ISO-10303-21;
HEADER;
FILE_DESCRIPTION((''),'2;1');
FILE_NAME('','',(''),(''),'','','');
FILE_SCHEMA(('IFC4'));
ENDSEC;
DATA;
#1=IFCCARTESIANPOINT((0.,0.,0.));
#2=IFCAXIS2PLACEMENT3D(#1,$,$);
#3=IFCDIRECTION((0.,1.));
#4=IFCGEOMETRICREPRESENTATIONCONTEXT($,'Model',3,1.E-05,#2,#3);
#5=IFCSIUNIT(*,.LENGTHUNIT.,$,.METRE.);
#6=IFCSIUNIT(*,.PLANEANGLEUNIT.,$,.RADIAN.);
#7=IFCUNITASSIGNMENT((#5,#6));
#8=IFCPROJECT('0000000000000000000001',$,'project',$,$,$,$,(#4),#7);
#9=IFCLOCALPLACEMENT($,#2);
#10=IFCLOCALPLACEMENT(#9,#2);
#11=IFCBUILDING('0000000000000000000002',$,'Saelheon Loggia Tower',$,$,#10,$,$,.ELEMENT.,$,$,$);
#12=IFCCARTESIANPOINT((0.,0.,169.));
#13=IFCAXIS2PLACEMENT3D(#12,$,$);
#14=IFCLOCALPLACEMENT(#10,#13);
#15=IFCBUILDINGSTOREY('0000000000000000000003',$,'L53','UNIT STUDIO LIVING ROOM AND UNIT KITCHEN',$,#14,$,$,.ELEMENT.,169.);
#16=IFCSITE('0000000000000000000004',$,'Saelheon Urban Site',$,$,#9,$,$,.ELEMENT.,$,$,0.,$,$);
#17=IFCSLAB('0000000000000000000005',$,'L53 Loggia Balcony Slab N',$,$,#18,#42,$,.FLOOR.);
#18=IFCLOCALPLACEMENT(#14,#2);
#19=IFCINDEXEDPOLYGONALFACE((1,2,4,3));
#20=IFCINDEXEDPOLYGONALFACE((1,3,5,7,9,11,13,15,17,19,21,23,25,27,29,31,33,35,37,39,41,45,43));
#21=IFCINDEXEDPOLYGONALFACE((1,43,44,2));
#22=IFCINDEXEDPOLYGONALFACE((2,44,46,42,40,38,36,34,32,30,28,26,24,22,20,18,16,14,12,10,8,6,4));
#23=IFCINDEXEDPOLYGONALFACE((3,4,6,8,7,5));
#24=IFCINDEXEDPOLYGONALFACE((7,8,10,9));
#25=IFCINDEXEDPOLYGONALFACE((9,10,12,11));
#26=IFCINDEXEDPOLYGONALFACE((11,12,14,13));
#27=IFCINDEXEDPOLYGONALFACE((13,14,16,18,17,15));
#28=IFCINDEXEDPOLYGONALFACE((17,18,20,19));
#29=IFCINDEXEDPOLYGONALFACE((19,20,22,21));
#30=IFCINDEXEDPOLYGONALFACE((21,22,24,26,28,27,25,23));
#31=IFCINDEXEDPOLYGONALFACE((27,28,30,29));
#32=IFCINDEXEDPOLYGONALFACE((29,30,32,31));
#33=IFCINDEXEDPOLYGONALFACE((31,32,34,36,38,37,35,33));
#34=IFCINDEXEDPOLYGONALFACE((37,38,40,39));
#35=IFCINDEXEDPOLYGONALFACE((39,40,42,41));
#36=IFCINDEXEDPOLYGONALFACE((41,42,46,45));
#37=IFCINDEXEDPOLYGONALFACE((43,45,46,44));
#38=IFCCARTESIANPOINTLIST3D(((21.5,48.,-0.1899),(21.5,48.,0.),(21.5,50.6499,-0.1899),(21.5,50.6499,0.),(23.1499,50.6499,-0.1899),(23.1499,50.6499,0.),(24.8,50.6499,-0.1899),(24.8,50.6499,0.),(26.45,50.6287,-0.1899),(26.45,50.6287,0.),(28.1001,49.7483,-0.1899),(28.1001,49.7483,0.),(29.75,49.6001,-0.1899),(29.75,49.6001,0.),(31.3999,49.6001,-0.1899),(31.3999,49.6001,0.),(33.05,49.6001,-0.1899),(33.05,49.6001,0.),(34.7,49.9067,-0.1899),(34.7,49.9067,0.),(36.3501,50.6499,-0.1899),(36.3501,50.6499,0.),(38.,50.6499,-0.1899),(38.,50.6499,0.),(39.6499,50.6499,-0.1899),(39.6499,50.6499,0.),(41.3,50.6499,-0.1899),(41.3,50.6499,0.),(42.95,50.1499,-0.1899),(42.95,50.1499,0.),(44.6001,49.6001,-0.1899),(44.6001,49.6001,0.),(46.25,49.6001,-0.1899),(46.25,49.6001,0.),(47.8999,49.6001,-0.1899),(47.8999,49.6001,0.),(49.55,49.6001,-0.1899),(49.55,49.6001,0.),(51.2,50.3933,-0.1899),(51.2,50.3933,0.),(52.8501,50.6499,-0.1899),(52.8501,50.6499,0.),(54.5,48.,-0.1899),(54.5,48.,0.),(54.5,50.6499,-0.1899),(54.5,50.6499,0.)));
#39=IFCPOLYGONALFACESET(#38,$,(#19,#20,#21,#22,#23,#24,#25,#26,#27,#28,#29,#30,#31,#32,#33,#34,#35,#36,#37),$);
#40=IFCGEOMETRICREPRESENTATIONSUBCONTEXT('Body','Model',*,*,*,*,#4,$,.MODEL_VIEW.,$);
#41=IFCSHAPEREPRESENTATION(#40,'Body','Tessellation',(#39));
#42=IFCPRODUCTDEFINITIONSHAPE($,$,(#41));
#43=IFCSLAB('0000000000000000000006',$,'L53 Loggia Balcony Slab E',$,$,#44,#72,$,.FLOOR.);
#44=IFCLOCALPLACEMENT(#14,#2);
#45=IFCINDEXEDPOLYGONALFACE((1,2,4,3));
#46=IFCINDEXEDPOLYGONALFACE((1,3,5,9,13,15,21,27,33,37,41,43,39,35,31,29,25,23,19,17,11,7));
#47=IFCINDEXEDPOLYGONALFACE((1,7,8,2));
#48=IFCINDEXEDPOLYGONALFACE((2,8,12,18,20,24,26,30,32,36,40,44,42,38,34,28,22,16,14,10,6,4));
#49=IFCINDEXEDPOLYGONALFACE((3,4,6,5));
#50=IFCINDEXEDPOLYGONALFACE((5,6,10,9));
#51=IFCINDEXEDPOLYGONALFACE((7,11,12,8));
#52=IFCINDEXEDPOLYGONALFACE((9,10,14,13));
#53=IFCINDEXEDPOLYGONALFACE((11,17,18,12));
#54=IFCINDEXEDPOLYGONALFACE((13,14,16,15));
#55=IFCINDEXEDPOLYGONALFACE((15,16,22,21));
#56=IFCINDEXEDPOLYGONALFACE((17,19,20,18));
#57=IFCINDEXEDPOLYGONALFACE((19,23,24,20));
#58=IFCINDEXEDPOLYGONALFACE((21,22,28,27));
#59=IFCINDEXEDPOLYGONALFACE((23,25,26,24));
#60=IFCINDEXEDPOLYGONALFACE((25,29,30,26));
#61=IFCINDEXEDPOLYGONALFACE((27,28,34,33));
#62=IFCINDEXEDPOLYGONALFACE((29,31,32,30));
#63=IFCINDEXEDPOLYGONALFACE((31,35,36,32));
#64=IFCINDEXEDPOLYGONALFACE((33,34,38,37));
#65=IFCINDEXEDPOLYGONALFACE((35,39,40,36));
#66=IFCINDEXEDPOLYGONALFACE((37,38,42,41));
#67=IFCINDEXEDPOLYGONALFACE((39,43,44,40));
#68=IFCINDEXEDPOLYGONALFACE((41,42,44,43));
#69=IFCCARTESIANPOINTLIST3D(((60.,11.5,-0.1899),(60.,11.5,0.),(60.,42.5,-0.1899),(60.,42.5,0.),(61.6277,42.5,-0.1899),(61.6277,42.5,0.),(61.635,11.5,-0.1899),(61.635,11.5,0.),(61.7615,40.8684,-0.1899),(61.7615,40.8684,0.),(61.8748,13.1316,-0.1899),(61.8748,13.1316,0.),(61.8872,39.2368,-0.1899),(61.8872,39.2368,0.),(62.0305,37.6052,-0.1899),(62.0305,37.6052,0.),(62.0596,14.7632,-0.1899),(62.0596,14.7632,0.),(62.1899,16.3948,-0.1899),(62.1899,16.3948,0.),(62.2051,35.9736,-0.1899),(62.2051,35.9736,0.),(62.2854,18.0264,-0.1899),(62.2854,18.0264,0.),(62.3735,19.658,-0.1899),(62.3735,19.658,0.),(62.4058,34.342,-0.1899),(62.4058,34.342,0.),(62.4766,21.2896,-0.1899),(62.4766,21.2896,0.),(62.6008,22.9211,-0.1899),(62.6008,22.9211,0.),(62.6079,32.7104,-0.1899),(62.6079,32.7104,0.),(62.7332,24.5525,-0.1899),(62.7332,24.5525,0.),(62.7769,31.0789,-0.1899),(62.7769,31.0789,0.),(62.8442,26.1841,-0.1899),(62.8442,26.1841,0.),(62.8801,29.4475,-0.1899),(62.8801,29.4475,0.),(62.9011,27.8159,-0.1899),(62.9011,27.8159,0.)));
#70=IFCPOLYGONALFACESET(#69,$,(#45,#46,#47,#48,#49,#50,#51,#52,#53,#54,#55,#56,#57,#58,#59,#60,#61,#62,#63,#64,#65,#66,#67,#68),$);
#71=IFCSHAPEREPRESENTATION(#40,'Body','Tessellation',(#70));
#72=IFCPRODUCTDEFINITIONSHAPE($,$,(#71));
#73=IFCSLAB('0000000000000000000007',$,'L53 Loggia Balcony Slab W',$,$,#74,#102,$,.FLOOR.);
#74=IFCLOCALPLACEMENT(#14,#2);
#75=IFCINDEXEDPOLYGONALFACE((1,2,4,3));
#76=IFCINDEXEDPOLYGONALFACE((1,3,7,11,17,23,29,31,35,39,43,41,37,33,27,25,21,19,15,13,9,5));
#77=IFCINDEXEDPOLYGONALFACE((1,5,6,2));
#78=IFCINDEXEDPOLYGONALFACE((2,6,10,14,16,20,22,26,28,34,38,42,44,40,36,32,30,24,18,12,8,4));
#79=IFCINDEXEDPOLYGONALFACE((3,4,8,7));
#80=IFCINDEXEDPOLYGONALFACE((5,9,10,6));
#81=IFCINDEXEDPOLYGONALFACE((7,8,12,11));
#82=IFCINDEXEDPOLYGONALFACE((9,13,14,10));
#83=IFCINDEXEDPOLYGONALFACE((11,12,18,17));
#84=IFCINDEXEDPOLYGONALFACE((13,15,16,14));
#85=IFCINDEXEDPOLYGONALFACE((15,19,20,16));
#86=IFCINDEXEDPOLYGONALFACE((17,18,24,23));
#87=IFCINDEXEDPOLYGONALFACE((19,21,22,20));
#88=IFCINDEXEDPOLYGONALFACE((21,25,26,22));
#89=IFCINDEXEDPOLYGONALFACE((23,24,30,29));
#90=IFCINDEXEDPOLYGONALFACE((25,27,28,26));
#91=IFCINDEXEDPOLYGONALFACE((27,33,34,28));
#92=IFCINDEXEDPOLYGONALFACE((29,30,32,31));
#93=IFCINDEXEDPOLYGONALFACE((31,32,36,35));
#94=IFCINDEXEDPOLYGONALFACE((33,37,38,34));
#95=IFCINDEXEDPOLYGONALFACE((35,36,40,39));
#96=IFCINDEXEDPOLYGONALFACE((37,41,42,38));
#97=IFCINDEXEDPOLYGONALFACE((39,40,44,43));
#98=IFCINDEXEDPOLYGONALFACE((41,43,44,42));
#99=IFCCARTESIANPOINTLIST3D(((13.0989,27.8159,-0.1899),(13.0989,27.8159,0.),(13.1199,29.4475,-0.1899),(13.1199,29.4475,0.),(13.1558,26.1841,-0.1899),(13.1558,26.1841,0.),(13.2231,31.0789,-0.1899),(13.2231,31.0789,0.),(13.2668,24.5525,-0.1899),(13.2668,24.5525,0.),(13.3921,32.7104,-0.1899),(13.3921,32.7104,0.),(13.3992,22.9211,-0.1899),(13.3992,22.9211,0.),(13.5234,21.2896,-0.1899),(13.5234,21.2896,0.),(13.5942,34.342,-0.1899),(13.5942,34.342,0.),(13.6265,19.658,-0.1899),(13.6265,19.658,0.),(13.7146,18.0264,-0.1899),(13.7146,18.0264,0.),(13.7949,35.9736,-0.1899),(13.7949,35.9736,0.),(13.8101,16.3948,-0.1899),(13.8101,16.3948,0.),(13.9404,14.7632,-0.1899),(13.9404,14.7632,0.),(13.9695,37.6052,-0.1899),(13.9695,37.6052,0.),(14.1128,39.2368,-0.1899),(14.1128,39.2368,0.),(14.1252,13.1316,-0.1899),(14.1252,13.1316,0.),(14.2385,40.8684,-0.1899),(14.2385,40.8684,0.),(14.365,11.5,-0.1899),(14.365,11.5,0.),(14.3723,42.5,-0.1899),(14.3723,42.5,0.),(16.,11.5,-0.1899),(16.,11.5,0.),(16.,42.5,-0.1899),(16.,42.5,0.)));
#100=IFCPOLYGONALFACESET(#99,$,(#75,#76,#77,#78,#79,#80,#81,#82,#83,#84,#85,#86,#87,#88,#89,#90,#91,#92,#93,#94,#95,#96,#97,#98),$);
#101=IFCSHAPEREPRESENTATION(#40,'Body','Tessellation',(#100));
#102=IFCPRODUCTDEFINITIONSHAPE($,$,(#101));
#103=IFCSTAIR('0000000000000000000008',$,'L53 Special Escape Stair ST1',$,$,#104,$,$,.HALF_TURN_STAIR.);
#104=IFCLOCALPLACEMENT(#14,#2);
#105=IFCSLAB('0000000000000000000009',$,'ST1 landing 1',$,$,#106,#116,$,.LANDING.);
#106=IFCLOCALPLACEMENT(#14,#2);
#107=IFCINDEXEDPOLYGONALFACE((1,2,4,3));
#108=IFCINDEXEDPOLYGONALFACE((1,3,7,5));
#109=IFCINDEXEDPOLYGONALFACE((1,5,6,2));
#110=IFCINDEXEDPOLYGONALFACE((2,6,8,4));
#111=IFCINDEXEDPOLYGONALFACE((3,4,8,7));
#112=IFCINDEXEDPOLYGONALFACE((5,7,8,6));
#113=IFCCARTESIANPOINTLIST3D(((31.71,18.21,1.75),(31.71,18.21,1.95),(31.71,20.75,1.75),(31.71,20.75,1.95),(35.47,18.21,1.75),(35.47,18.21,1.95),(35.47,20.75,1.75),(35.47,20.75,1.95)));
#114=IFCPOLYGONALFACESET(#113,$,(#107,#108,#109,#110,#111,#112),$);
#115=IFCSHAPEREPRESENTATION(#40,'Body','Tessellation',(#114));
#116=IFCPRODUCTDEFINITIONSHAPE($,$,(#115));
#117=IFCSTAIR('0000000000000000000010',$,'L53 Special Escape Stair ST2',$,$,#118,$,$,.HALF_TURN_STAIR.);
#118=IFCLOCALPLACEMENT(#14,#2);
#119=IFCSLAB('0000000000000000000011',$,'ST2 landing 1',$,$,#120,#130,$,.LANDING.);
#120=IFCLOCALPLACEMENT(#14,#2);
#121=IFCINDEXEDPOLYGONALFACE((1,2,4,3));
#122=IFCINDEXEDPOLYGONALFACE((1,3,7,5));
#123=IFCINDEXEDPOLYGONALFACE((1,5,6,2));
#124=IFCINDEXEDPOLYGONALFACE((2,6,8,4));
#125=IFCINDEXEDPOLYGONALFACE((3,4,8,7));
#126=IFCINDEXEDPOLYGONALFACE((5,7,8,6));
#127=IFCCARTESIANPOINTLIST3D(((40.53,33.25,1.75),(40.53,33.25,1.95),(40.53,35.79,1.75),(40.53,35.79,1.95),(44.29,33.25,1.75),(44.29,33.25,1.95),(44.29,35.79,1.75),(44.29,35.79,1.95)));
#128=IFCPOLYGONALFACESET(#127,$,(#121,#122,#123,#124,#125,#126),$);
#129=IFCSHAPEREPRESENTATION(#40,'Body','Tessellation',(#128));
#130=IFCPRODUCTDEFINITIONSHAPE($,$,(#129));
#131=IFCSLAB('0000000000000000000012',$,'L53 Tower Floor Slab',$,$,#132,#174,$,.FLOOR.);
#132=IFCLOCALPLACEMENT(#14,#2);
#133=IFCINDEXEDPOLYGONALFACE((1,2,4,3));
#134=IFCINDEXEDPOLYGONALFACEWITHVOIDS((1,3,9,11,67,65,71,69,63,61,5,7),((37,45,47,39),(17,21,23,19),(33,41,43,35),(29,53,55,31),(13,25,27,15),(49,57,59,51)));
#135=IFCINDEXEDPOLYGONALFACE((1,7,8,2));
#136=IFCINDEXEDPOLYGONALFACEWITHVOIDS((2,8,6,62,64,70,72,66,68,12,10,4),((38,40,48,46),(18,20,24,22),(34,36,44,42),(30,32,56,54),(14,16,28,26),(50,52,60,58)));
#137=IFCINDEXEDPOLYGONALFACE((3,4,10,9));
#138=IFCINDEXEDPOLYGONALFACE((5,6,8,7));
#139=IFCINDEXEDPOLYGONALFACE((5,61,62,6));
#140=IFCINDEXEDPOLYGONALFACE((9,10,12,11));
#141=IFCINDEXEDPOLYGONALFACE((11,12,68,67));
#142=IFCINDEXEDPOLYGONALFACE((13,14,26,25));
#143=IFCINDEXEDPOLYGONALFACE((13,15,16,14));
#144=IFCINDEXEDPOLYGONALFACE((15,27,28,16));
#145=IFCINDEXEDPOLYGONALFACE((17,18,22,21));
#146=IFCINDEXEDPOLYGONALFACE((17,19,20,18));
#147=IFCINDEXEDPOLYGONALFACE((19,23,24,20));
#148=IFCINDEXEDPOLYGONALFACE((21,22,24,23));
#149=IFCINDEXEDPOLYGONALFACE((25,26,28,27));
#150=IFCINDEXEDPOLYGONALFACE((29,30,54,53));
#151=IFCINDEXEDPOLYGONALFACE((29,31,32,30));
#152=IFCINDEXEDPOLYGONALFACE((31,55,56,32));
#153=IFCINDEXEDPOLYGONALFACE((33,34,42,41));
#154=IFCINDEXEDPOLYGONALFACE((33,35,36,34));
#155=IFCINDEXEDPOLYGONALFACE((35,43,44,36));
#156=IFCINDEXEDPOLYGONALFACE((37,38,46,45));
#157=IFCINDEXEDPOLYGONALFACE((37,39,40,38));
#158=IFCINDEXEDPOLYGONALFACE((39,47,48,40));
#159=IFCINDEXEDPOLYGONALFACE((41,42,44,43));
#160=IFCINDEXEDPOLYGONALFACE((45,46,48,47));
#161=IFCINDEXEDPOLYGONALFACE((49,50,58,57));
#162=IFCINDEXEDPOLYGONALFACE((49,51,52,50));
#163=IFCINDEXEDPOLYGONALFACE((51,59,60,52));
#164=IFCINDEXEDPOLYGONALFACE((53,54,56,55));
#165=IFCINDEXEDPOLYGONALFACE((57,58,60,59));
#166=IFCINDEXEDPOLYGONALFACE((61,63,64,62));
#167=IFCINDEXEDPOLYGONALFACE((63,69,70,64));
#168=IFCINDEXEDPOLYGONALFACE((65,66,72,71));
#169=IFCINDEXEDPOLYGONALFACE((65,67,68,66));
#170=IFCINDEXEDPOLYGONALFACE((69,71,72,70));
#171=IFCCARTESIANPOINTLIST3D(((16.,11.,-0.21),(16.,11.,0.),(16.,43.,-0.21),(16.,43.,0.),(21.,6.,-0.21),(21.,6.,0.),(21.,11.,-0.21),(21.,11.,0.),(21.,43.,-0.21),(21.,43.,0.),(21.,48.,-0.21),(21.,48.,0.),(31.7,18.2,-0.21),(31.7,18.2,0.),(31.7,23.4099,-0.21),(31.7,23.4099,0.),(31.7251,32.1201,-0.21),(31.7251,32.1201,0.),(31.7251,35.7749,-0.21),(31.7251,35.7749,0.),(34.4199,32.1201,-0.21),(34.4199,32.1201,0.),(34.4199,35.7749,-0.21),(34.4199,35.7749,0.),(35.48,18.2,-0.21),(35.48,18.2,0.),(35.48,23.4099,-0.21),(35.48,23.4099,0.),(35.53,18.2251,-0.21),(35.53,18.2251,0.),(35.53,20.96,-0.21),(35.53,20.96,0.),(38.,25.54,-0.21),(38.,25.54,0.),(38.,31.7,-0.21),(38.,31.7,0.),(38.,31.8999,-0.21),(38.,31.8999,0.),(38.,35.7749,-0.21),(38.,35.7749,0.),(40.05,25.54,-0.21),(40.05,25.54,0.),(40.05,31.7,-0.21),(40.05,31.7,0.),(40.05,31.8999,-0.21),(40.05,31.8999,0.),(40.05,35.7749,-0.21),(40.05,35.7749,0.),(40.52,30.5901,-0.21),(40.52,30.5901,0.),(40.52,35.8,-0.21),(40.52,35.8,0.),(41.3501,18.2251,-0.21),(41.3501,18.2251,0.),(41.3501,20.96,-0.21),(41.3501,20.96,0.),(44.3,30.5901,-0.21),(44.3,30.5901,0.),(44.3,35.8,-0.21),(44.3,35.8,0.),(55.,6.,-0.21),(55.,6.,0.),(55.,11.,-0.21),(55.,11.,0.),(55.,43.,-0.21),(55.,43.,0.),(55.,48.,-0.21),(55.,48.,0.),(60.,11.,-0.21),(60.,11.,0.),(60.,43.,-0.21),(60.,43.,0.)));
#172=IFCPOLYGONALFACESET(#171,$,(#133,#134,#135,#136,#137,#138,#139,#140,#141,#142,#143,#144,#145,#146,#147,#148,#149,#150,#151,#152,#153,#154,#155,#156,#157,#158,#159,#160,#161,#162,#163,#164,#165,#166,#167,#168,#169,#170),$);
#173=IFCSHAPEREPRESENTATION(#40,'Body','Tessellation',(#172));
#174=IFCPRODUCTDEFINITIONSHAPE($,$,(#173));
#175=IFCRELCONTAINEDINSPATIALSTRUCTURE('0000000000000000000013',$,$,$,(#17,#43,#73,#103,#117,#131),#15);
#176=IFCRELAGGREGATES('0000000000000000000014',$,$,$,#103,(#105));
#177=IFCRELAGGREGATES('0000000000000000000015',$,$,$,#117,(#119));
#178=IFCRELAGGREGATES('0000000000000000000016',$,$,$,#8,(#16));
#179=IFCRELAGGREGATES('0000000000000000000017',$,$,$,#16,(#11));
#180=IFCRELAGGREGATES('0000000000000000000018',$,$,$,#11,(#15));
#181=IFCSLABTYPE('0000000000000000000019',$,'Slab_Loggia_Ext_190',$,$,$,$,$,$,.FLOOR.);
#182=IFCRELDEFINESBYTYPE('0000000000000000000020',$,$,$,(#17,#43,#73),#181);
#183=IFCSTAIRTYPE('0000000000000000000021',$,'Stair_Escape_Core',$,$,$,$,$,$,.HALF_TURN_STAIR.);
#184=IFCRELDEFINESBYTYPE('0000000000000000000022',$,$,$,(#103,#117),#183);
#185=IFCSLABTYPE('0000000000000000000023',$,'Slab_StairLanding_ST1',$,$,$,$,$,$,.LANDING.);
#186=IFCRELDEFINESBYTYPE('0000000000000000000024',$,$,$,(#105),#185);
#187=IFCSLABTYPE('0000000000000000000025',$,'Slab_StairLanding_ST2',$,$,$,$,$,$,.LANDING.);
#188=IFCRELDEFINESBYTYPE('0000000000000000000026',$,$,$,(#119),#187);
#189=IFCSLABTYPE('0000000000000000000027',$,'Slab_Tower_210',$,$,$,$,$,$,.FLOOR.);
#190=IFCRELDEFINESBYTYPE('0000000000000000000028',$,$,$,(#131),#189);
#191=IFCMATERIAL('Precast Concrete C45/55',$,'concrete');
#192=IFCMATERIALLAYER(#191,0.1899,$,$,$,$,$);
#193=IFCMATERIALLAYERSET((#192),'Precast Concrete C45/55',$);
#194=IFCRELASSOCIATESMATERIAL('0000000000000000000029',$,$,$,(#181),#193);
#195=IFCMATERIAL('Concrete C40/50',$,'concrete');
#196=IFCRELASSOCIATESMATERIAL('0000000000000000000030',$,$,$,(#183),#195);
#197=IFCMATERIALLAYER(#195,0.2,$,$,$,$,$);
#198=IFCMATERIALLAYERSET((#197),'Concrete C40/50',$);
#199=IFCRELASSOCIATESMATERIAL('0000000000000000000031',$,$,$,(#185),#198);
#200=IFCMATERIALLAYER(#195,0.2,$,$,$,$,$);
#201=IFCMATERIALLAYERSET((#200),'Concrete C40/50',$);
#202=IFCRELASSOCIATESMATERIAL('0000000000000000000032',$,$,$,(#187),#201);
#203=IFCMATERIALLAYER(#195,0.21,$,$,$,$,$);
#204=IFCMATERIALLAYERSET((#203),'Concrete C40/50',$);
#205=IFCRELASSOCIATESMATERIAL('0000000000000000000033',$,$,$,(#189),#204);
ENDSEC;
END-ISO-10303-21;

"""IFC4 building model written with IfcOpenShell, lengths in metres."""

from ifc_helpers import new_model, si_unit, direction, frame, origin, place, context, subcontext, project, spatial, polyline, outline, extrude, material, layer, layer_set, type_object, element, aggregate, save


model = new_model("IFC4")

# Units and contexts
model_context = context("Model", 3, precision=1e-05, world=origin(), true_north=direction((0.0, 1.0)))
body_context = subcontext(model_context, "Body", "Model", "MODEL_VIEW")
ifc_project = project(units=[si_unit("LENGTHUNIT", "METRE"), si_unit("PLANEANGLEUNIT", "RADIAN")], contexts=[model_context])

# Site, building, storey
site_placement = place(None, origin())
site = spatial("IfcSite", under=ifc_project, at=site_placement, Name="Saelheon Urban Site", CompositionType="ELEMENT", RefElevation=0.0)
building_placement = place(site_placement, origin())
building = spatial("IfcBuilding", under=site, at=building_placement, Name="Saelheon Loggia Tower", CompositionType="ELEMENT")
storey_placement = place(building_placement, frame((0.0, 0.0, 169.0)))
storey = spatial("IfcBuildingStorey", under=building, at=storey_placement, Name="L53", Description="UNIT STUDIO LIVING ROOM AND UNIT KITCHEN", CompositionType="ELEMENT", Elevation=169.0)

# Shared definitions
ifc_material_1 = material(Name="Precast Concrete C45/55", Category="concrete")

# Slabs
ifc_layer_1 = layer(ifc_material_1, 0.1899)
ifc_layer_set_1 = layer_set([ifc_layer_1], Name="Precast Concrete C45/55")
slab_type_1 = type_object("IfcSlabType", Name="Slab_Loggia_Ext_190", PredefinedType="FLOOR", material=ifc_layer_set_1)
slab_1_placement = place(storey_placement, frame((0.0, 0.0, -0.1899)))
element("IfcSlab", 1, at=slab_1_placement, inside=storey, type_object=slab_type_1, Name="L53 Loggia Balcony Slab N", PredefinedType="FLOOR", context=body_context, shape_type="SweptSolid", body=[
    extrude(outline(polyline([(21.5, 48.0), (54.5, 48.0), (54.5, 50.6499), (52.8501, 50.6499), (51.2, 50.3933), (49.55, 49.6001), (47.8999, 49.6001), (46.25, 49.6001), (44.6001, 49.6001), (42.95, 50.1499), (41.3, 50.6499), (39.6499, 50.6499), (38.0, 50.6499), (36.3501, 50.6499), (34.7, 49.9067), (33.05, 49.6001), (31.3999, 49.6001), (29.75, 49.6001), (28.1001, 49.7483), (26.45, 50.6287), (24.8, 50.6499), (23.1499, 50.6499), (21.5, 50.6499), (21.5, 48.0)])), origin(), (0.0, 0.0, 1.0), 0.1899),
])
slab_2_placement = place(storey_placement, frame((0.0, 0.0, -0.1899)))
element("IfcSlab", 2, at=slab_2_placement, inside=storey, type_object=slab_type_1, Name="L53 Loggia Balcony Slab E", PredefinedType="FLOOR", context=body_context, shape_type="SweptSolid", body=[
    extrude(outline(polyline([(60.0, 11.5), (61.635, 11.5), (61.8748, 13.1316), (62.0596, 14.7632), (62.1899, 16.3948), (62.2854, 18.0264), (62.3735, 19.658), (62.4766, 21.2896), (62.6008, 22.9211), (62.7332, 24.5525), (62.8442, 26.1841), (62.9011, 27.8159), (62.8801, 29.4475), (62.7769, 31.0789), (62.6079, 32.7104), (62.4058, 34.342), (62.2051, 35.9736), (62.0305, 37.6052), (61.8872, 39.2368), (61.7615, 40.8684), (61.6277, 42.5), (60.0, 42.5), (60.0, 11.5)])), origin(), (0.0, 0.0, 1.0), 0.1899),
])
slab_3_placement = place(storey_placement, frame((0.0, 0.0, -0.1899)))
element("IfcSlab", 3, at=slab_3_placement, inside=storey, type_object=slab_type_1, Name="L53 Loggia Balcony Slab W", PredefinedType="FLOOR", context=body_context, shape_type="SweptSolid", body=[
    extrude(outline(polyline([(16.0, 11.5), (16.0, 42.5), (14.3723, 42.5), (14.2385, 40.8684), (14.1128, 39.2368), (13.9695, 37.6052), (13.7949, 35.9736), (13.5942, 34.342), (13.3921, 32.7104), (13.2231, 31.0789), (13.1199, 29.4475), (13.0989, 27.8159), (13.1558, 26.1841), (13.2668, 24.5525), (13.3992, 22.9211), (13.5234, 21.2896), (13.6265, 19.658), (13.7146, 18.0264), (13.8101, 16.3948), (13.9404, 14.7632), (14.1252, 13.1316), (14.365, 11.5), (16.0, 11.5)])), origin(), (0.0, 0.0, 1.0), 0.1899),
])

# Stairs, slabs
ifc_material_2 = material(Name="Concrete C40/50", Category="concrete")
stair_type = type_object("IfcStairType", Name="Stair_Escape_Core", PredefinedType="HALF_TURN_STAIR", material=ifc_material_2)
stair_1_placement = place(storey_placement, origin())
stair_1 = element("IfcStair", 4, at=stair_1_placement, inside=storey, type_object=stair_type, Name="L53 Special Escape Stair ST1", PredefinedType="HALF_TURN_STAIR")
ifc_layer_2 = layer(ifc_material_2, 0.2)
ifc_layer_set_2 = layer_set([ifc_layer_2], Name="Concrete C40/50")
slab_type_2 = type_object("IfcSlabType", Name="Slab_StairLanding_ST1", PredefinedType="LANDING", material=ifc_layer_set_2)
slab_4_placement = place(storey_placement, frame((0.0, 0.0, 1.75)))
slab_4 = element("IfcSlab", 5, at=slab_4_placement, type_object=slab_type_2, Name="ST1 landing 1", PredefinedType="LANDING", context=body_context, shape_type="SweptSolid", body=[
    extrude(outline(polyline([(31.71, 20.75), (31.71, 18.21), (35.47, 18.21), (35.47, 20.75), (31.71, 20.75)])), origin(), (0.0, 0.0, 1.0), 0.2),
])
aggregate(stair_1, [slab_4])
stair_2_placement = place(storey_placement, origin())
stair_2 = element("IfcStair", 6, at=stair_2_placement, inside=storey, type_object=stair_type, Name="L53 Special Escape Stair ST2", PredefinedType="HALF_TURN_STAIR")
ifc_layer_3 = layer(ifc_material_2, 0.2)
ifc_layer_set_3 = layer_set([ifc_layer_3], Name="Concrete C40/50")
slab_type_3 = type_object("IfcSlabType", Name="Slab_StairLanding_ST2", PredefinedType="LANDING", material=ifc_layer_set_3)
slab_5_placement = place(storey_placement, frame((0.0, 0.0, 1.75)))
slab_5 = element("IfcSlab", 7, at=slab_5_placement, type_object=slab_type_3, Name="ST2 landing 1", PredefinedType="LANDING", context=body_context, shape_type="SweptSolid", body=[
    extrude(outline(polyline([(44.29, 33.25), (44.29, 35.79), (40.53, 35.79), (40.53, 33.25), (44.29, 33.25)])), origin(), (0.0, 0.0, 1.0), 0.2),
])
aggregate(stair_2, [slab_5])

# Slab
ifc_layer_4 = layer(ifc_material_2, 0.21)
ifc_layer_set_4 = layer_set([ifc_layer_4], Name="Concrete C40/50")
slab_type_4 = type_object("IfcSlabType", Name="Slab_Tower_210", PredefinedType="FLOOR", material=ifc_layer_set_4)
slab_6_placement = place(storey_placement, frame((0.0, 0.0, -0.21)))
element("IfcSlab", 8, at=slab_6_placement, inside=storey, type_object=slab_type_4, Name="L53 Tower Floor Slab", PredefinedType="FLOOR", context=body_context, shape_type="SweptSolid", body=[
    extrude(outline(polyline([(21.0, 6.0), (55.0, 6.0), (55.0, 11.0), (60.0, 11.0), (60.0, 43.0), (55.0, 43.0), (55.0, 48.0), (21.0, 48.0), (21.0, 43.0), (16.0, 43.0), (16.0, 11.0), (21.0, 11.0), (21.0, 6.0)]), holes=[polyline([(31.7, 23.4099), (31.7, 18.2), (35.48, 18.2), (35.48, 23.4099), (31.7, 23.4099)]), polyline([(44.3, 30.5901), (44.3, 35.8), (40.52, 35.8), (40.52, 30.5901), (44.3, 30.5901)]), polyline([(35.53, 18.2251), (41.3501, 18.2251), (41.3501, 20.96), (35.53, 20.96), (35.53, 18.2251)]), polyline([(31.7251, 32.1201), (34.4199, 32.1201), (34.4199, 35.7749), (31.7251, 35.7749), (31.7251, 32.1201)]), polyline([(38.0, 31.8999), (40.05, 31.8999), (40.05, 35.7749), (38.0, 35.7749), (38.0, 31.8999)]), polyline([(38.0, 25.54), (40.05, 25.54), (40.05, 31.7), (38.0, 31.7), (38.0, 25.54)])]), origin(), (0.0, 0.0, 1.0), 0.21),
])

save(model, "model.ifc")
